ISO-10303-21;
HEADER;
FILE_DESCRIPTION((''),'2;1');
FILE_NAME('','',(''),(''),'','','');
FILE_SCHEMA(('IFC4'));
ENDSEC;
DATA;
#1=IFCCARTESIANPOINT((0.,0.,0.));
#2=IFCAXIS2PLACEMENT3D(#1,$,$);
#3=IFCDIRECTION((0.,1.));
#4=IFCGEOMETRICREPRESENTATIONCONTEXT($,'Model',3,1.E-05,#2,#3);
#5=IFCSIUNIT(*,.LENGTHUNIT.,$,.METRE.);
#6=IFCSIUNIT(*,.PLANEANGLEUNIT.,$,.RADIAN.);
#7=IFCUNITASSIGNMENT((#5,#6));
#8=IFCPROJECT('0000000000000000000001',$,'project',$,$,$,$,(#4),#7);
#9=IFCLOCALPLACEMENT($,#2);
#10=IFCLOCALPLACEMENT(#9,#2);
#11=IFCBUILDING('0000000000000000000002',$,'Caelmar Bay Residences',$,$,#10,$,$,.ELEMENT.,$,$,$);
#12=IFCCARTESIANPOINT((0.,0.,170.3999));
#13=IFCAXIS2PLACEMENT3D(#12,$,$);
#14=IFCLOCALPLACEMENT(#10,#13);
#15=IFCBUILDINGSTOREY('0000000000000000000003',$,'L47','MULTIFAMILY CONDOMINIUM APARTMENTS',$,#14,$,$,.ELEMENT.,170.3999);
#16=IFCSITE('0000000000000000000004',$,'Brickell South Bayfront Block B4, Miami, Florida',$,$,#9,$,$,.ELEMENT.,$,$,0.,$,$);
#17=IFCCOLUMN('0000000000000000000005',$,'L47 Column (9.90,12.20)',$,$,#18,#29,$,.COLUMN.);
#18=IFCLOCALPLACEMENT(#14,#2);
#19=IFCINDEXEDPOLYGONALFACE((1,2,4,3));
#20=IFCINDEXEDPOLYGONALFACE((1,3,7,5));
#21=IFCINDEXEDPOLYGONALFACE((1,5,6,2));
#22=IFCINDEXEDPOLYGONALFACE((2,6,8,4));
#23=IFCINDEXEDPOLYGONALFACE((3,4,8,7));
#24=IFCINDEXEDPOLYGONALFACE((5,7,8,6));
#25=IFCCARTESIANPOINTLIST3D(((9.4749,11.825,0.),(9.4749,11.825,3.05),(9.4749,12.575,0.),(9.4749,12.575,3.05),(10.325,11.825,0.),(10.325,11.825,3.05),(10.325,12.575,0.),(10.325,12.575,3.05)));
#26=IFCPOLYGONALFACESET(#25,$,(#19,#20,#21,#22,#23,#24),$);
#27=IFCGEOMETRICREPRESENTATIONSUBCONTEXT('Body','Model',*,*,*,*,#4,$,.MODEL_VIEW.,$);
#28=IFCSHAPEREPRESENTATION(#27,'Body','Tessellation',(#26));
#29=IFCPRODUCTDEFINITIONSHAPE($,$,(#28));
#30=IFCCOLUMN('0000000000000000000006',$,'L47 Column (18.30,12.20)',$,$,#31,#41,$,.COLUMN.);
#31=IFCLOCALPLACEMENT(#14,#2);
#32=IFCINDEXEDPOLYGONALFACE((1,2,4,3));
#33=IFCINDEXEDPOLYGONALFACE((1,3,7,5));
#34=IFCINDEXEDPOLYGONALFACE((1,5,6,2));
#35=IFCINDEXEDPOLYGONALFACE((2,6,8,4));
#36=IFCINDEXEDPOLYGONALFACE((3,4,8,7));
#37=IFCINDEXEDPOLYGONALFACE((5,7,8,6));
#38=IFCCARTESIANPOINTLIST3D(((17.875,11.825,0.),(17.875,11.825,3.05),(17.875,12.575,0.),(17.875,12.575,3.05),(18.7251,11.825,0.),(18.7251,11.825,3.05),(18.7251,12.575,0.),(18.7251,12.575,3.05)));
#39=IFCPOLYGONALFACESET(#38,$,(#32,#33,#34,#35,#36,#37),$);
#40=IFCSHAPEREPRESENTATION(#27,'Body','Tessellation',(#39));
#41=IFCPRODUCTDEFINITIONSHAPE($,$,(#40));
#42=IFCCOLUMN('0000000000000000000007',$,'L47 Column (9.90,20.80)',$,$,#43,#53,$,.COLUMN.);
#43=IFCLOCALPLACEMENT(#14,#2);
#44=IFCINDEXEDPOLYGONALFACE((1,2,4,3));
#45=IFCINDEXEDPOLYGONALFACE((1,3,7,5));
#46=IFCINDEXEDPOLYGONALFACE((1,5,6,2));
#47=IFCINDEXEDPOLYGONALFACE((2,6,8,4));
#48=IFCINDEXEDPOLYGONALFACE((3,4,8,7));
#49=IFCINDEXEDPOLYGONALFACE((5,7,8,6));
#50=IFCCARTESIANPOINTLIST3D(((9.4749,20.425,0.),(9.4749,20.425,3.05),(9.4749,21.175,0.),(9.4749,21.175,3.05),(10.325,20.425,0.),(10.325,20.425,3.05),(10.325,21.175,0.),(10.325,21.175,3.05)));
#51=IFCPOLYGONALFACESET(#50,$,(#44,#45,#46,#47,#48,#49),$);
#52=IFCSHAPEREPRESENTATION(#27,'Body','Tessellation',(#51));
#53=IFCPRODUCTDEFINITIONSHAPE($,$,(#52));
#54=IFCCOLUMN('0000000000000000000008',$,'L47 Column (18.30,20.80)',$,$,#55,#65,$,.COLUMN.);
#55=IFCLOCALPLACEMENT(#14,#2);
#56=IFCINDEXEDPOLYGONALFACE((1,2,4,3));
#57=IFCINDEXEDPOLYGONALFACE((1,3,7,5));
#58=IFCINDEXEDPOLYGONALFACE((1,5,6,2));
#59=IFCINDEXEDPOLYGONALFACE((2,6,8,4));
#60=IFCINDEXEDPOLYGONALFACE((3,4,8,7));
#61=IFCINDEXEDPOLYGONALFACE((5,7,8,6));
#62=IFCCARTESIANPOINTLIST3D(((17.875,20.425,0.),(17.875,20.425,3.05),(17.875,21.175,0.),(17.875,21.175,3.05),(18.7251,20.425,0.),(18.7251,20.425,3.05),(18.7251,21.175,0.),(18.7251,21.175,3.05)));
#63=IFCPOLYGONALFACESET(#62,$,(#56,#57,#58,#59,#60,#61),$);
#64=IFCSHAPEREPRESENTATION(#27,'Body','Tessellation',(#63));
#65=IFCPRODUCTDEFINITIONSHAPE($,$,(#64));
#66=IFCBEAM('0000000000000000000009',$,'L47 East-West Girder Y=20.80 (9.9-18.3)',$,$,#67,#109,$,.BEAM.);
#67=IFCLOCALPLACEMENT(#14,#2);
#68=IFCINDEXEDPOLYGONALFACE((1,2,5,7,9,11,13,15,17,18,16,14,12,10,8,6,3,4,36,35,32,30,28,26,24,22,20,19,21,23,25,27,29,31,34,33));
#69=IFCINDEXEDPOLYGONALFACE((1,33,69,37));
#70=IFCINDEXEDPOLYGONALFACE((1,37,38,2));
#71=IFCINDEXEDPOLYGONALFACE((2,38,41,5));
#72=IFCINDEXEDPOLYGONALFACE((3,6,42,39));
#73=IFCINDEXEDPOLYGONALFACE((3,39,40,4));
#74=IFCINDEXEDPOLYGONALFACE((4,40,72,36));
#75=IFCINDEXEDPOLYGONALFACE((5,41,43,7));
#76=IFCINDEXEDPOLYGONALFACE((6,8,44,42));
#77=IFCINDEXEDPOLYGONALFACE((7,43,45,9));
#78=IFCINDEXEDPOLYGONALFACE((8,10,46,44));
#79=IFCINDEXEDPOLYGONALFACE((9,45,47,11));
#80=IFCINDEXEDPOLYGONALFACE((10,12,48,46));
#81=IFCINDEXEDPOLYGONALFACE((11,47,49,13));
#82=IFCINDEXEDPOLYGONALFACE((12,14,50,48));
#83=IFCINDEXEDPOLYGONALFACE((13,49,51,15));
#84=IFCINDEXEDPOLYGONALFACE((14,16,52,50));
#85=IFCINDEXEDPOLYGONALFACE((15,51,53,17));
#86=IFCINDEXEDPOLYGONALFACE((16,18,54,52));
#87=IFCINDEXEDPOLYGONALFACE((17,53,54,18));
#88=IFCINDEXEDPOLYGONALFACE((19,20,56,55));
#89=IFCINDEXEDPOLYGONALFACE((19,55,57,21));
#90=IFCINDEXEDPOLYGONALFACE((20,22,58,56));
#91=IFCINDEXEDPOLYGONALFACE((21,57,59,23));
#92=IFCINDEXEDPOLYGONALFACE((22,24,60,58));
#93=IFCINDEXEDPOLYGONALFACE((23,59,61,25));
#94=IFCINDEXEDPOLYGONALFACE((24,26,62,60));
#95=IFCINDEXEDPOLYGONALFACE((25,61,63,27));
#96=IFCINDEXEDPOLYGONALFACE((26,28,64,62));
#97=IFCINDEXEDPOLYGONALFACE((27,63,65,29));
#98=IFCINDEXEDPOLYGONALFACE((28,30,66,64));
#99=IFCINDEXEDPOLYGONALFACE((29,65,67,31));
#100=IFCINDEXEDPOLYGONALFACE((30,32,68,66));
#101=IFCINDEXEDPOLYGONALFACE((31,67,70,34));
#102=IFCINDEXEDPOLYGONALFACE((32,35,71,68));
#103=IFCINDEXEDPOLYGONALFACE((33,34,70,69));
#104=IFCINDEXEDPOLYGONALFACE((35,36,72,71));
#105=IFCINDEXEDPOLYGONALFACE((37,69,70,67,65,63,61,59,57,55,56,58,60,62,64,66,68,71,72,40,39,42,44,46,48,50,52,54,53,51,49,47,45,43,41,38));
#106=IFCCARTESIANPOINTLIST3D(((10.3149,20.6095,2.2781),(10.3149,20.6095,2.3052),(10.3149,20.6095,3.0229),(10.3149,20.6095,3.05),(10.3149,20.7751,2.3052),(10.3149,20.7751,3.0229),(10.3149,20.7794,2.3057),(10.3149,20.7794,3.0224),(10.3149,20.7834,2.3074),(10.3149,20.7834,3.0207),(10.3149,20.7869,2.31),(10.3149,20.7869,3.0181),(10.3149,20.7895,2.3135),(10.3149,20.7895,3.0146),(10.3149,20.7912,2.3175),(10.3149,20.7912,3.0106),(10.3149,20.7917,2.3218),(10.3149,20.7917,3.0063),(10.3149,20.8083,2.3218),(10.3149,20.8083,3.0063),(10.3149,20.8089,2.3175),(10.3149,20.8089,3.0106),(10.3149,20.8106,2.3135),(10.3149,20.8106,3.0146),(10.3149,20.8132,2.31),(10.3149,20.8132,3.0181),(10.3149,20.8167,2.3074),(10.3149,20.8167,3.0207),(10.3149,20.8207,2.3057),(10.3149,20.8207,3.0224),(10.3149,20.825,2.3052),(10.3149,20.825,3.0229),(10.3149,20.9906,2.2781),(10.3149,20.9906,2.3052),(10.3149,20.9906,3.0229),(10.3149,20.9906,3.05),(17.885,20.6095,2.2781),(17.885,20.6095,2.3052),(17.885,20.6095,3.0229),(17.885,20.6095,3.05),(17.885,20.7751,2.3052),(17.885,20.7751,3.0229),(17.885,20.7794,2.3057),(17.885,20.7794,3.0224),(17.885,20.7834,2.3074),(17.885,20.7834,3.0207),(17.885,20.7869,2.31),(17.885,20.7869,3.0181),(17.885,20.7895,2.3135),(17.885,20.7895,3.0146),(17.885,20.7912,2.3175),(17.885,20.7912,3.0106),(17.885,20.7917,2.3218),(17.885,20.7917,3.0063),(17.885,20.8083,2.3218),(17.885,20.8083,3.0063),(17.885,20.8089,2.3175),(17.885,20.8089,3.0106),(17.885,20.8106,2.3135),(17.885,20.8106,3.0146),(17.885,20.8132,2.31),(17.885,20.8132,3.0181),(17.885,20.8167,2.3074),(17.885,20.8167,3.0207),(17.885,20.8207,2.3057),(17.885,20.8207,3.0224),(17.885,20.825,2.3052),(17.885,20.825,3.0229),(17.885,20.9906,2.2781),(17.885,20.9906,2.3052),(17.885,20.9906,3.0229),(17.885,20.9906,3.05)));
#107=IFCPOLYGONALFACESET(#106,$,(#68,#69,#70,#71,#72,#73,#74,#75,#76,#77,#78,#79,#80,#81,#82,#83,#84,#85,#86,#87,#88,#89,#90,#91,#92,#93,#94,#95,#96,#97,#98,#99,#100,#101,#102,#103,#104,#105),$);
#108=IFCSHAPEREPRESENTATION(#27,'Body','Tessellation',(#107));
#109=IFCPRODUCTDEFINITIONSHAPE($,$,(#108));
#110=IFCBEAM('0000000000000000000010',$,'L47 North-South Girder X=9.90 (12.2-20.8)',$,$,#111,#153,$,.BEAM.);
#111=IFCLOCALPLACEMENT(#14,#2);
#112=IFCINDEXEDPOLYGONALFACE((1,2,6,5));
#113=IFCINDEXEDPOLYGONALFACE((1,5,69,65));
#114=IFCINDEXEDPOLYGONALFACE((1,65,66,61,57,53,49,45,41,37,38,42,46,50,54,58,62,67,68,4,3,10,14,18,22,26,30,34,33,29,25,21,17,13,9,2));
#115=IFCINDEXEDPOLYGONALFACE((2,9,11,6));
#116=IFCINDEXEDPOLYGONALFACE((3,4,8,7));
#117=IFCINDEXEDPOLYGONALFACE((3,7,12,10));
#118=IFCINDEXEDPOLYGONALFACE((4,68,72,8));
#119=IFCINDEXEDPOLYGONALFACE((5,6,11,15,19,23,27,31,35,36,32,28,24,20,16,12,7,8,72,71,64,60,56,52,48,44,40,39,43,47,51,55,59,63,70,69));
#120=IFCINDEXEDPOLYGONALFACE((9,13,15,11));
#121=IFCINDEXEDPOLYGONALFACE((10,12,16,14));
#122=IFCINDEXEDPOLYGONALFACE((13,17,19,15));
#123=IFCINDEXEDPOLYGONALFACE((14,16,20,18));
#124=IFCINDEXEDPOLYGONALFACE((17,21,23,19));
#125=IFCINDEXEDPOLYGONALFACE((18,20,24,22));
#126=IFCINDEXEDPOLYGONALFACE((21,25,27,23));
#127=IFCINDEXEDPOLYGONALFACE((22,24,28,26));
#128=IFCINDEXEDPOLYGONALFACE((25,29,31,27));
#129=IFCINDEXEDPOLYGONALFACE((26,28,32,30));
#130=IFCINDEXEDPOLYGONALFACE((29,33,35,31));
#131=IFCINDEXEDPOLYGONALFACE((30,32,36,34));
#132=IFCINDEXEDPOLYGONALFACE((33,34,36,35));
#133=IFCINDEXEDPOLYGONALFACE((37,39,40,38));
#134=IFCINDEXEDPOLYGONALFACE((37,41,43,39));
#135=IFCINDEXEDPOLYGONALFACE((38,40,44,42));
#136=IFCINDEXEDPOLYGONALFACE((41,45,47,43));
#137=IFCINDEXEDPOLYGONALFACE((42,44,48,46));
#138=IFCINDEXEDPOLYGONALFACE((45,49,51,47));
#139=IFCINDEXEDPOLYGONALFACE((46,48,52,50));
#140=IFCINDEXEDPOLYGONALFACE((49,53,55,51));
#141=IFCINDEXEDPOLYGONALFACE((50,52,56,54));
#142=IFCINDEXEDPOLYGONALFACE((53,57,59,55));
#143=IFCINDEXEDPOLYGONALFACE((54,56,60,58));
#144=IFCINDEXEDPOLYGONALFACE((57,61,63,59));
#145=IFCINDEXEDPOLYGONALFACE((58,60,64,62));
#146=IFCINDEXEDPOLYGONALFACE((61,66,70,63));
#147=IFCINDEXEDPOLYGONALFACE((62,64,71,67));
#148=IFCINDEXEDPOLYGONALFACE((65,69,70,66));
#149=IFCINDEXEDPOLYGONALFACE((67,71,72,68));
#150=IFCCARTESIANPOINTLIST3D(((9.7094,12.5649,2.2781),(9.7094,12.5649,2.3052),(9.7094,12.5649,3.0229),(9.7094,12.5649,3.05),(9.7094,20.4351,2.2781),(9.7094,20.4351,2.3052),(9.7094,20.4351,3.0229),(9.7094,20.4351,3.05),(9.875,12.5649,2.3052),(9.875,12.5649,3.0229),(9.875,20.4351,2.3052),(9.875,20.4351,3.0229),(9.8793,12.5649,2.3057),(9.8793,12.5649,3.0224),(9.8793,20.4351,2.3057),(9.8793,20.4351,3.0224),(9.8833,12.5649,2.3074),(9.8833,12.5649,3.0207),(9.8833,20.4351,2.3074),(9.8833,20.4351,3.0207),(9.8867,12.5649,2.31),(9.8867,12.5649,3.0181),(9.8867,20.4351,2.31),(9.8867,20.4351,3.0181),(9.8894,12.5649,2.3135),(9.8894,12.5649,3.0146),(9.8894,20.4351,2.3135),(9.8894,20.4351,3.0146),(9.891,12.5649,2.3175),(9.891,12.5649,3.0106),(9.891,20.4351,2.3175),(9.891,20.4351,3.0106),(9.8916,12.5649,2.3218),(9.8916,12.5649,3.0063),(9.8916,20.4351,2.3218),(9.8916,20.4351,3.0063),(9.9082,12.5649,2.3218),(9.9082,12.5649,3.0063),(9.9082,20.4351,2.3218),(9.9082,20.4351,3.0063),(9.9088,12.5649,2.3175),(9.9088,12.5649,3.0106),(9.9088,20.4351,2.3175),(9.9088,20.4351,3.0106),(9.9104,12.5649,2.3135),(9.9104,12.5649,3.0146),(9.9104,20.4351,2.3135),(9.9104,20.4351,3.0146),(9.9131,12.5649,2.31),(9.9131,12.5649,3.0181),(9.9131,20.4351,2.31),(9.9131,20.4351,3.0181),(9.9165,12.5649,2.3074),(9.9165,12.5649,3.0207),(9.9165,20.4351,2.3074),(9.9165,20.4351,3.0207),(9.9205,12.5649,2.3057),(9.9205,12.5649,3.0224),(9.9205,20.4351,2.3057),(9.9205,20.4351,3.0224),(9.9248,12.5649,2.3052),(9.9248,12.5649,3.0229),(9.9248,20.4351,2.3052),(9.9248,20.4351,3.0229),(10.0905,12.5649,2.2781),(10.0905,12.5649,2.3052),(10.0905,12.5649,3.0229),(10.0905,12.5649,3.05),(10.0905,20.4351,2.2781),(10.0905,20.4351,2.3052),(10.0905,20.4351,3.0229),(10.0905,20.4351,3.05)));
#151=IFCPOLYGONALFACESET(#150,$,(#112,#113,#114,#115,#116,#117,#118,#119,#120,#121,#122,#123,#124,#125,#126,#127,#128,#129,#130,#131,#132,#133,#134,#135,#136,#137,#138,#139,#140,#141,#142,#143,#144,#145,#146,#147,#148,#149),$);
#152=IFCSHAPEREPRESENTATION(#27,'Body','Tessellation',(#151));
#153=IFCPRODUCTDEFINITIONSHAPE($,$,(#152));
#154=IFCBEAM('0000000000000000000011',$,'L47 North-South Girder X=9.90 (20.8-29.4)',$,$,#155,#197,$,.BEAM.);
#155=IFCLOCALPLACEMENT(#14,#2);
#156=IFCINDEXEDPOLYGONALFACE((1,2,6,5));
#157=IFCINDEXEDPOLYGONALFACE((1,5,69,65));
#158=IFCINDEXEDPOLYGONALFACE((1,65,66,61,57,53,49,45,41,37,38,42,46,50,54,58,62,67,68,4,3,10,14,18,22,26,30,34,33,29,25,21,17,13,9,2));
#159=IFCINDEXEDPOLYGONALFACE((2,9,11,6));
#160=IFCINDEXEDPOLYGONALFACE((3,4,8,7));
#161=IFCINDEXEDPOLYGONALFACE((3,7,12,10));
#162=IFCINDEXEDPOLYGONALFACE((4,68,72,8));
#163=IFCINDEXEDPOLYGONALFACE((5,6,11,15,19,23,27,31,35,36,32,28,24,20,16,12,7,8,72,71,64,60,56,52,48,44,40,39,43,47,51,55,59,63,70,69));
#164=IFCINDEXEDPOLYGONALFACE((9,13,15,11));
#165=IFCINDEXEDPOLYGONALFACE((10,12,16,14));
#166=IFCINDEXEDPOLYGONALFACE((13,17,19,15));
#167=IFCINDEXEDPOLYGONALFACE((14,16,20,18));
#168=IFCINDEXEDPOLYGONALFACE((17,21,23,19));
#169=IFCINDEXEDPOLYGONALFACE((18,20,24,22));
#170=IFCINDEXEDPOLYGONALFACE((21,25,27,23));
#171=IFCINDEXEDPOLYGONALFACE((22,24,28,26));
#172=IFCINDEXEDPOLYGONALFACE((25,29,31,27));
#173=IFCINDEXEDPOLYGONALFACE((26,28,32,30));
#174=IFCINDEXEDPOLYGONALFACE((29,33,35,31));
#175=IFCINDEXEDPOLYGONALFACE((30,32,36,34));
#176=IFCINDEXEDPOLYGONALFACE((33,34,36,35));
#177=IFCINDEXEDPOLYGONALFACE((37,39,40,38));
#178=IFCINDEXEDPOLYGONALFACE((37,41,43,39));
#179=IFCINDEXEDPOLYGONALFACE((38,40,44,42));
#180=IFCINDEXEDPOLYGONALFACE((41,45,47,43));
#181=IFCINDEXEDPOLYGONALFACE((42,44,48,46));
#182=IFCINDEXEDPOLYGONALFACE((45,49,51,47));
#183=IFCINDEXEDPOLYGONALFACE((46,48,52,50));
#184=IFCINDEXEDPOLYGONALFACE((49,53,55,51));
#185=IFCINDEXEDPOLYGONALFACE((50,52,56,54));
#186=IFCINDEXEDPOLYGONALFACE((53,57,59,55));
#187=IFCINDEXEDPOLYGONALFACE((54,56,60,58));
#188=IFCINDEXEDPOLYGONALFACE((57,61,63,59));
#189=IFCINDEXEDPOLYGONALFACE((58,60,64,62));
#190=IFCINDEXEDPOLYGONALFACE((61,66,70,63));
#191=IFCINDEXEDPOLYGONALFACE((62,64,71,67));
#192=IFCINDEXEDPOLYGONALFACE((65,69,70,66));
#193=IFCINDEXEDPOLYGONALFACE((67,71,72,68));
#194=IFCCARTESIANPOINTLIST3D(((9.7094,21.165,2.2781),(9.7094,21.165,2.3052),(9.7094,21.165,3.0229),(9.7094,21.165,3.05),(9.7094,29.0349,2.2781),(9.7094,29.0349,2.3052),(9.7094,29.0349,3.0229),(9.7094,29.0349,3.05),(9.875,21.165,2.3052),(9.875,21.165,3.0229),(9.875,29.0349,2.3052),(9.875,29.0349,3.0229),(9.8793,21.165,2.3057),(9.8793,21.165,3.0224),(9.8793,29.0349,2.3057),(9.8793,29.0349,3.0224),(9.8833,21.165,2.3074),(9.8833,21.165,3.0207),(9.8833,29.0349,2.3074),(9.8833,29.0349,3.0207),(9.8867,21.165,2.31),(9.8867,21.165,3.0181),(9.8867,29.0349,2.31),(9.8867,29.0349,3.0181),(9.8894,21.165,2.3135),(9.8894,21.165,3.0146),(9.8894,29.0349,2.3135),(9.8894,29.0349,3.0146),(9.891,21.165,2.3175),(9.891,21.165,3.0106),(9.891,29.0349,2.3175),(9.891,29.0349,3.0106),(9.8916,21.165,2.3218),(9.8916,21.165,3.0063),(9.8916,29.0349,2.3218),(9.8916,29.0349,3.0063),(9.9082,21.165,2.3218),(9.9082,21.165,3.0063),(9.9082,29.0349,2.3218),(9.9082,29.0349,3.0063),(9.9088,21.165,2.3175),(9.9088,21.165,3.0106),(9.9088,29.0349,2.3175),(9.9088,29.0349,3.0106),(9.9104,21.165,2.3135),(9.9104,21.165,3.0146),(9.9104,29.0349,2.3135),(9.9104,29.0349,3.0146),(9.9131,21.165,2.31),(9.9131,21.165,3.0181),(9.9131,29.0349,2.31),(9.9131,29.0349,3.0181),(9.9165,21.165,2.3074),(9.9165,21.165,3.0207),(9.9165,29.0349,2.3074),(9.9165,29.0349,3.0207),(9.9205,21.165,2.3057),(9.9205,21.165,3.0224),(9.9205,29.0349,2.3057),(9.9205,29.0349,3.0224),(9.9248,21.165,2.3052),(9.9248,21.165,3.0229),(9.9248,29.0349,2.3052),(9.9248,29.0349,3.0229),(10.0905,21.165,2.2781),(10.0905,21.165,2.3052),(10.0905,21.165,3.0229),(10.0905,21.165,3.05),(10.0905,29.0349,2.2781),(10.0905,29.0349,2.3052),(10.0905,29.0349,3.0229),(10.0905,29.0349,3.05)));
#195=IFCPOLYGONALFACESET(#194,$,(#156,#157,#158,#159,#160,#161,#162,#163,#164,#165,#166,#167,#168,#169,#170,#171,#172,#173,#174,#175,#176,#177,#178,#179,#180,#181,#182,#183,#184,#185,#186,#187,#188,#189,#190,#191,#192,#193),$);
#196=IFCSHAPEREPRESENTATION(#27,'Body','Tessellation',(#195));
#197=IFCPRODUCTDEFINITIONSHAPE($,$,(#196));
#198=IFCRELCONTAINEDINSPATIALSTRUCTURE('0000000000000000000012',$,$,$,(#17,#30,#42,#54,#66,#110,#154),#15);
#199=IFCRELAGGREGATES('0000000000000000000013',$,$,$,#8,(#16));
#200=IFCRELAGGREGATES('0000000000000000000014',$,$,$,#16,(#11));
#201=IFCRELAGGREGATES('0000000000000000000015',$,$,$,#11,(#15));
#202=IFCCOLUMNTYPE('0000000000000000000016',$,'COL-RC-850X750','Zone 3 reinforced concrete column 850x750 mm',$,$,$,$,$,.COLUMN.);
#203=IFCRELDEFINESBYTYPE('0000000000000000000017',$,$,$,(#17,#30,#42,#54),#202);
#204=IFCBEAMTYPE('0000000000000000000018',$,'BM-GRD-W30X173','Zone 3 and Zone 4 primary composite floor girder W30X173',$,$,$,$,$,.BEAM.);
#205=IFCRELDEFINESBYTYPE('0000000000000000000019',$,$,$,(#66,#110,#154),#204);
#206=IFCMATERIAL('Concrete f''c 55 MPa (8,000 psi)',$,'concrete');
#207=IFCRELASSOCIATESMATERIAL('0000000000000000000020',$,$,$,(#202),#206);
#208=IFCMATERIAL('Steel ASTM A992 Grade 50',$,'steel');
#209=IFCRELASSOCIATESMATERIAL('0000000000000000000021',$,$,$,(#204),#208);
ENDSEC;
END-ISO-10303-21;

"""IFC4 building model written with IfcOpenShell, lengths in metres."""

from ifc_helpers import new_model, si_unit, direction, frame, origin, origin_2d, place, context, subcontext, project, spatial, rectangle, i_section, extrude, material, material_profile, profile_set, type_object, element, save


model = new_model("IFC4")

# Units and contexts
model_context = context("Model", 3, precision=1e-05, world=origin(), true_north=direction((0.0, 1.0)))
body_context = subcontext(model_context, "Body", "Model", "MODEL_VIEW")
ifc_project = project(units=[si_unit("LENGTHUNIT", "METRE"), si_unit("PLANEANGLEUNIT", "RADIAN")], contexts=[model_context])

# Site, building, storey
site_placement = place(None, origin())
site = spatial("IfcSite", under=ifc_project, at=site_placement, Name="Brickell South Bayfront Block B4, Miami, Florida", CompositionType="ELEMENT", RefElevation=0.0)
building_placement = place(site_placement, origin())
building = spatial("IfcBuilding", under=site, at=building_placement, Name="Caelmar Bay Residences", CompositionType="ELEMENT")
storey_placement = place(building_placement, frame((0.0, 0.0, 170.3999)))
storey = spatial("IfcBuildingStorey", under=building, at=storey_placement, Name="L47", Description="MULTIFAMILY CONDOMINIUM APARTMENTS", CompositionType="ELEMENT", Elevation=170.3999)

# Columns
ifc_material_1 = material(Name="Concrete f'c 55 MPa (8,000 psi)", Category="concrete")
ifc_material_profile_1 = material_profile(ifc_material_1, rectangle(XDim=0.8501, YDim=0.75, at=origin_2d()), Name="RC-COL-850X750")
ifc_profile_set_1 = profile_set([ifc_material_profile_1], Name="Concrete f'c 55 MPa (8,000 psi)")
column_type = type_object("IfcColumnType", Name="COL-RC-850X750", Description="Zone 3 reinforced concrete column 850x750 mm", PredefinedType="COLUMN", material=ifc_profile_set_1)
for number, where, z_axis, x_axis, name in (
    (1, (9.8999, 12.2, 0.0), (0.0, 0.0, 1.0), (1.0, 0.0, 0.0), "L47 Column (9.90,12.20)"),
    (2, (18.3, 12.2, 0.0), (0.0, 0.0, 1.0), (1.0, 0.0, 0.0), "L47 Column (18.30,12.20)"),
    (3, (9.8999, 20.8, 0.0), (0.0, 0.0, 1.0), (1.0, 0.0, 0.0), "L47 Column (9.90,20.80)"),
    (4, (18.3, 20.8, 0.0), (0.0, 0.0, 1.0), (1.0, 0.0, 0.0), "L47 Column (18.30,20.80)"),
):
    element("IfcColumn", number, at=place(storey_placement, frame(where, z_axis=z_axis, x_axis=x_axis)), inside=storey, type_object=column_type, Name=name, PredefinedType="COLUMN", context=body_context, shape_type="SweptSolid", body=[
        extrude(rectangle(XDim=0.8501, YDim=0.75, at=origin_2d()), origin(), (0.0, 0.0, 1.0), 3.05),
    ])

# Beams
ifc_material_2 = material(Name="Steel ASTM A992 Grade 50", Category="steel")
ifc_material_profile_2 = material_profile(ifc_material_2, i_section(OverallWidth=0.3811, OverallDepth=0.772, WebThickness=0.0166, FlangeThickness=0.0271, FilletRadius=0.0166, at=origin_2d()), Name="W30X173")
ifc_profile_set_2 = profile_set([ifc_material_profile_2], Name="Steel ASTM A992 Grade 50")
beam_type_1 = type_object("IfcBeamType", Name="BM-GRD-W30X173", Description="Zone 3 and Zone 4 primary composite floor girder W30X173", PredefinedType="BEAM", material=ifc_profile_set_2)
beam_1_placement = place(storey_placement, frame((10.3149, 20.8, 2.6641), z_axis=(1.0, 0.0, 0.0), x_axis=(0.0, 1.0, 0.0)))
element("IfcBeam", 5, at=beam_1_placement, inside=storey, type_object=beam_type_1, Name="L47 East-West Girder Y=20.80 (9.9-18.3)", PredefinedType="BEAM", context=body_context, shape_type="SweptSolid", body=[
    extrude(i_section(OverallWidth=0.3811, OverallDepth=0.772, WebThickness=0.0166, FlangeThickness=0.0271, FilletRadius=0.0166, at=origin_2d()), origin(), (0.0, 0.0, 1.0), 7.5701),
])
beam_2_placement = place(storey_placement, frame((9.8999, 12.5649, 2.6641), z_axis=(0.0, 1.0, 0.0), x_axis=(-1.0, 0.0, 0.0)))
element("IfcBeam", 6, at=beam_2_placement, inside=storey, type_object=beam_type_1, Name="L47 North-South Girder X=9.90 (12.2-20.8)", PredefinedType="BEAM", context=body_context, shape_type="SweptSolid", body=[
    extrude(i_section(OverallWidth=0.3811, OverallDepth=0.772, WebThickness=0.0166, FlangeThickness=0.0271, FilletRadius=0.0166, at=origin_2d()), origin(), (0.0, 0.0, 1.0), 7.8701),
])
beam_3_placement = place(storey_placement, frame((9.8999, 21.165, 2.6641), z_axis=(0.0, 1.0, 0.0), x_axis=(-1.0, 0.0, 0.0)))
element("IfcBeam", 7, at=beam_3_placement, inside=storey, type_object=beam_type_1, Name="L47 North-South Girder X=9.90 (20.8-29.4)", PredefinedType="BEAM", context=body_context, shape_type="SweptSolid", body=[
    extrude(i_section(OverallWidth=0.3811, OverallDepth=0.772, WebThickness=0.0166, FlangeThickness=0.0271, FilletRadius=0.0166, at=origin_2d()), origin(), (0.0, 0.0, 1.0), 7.8699),
])

save(model, "model.ifc")
